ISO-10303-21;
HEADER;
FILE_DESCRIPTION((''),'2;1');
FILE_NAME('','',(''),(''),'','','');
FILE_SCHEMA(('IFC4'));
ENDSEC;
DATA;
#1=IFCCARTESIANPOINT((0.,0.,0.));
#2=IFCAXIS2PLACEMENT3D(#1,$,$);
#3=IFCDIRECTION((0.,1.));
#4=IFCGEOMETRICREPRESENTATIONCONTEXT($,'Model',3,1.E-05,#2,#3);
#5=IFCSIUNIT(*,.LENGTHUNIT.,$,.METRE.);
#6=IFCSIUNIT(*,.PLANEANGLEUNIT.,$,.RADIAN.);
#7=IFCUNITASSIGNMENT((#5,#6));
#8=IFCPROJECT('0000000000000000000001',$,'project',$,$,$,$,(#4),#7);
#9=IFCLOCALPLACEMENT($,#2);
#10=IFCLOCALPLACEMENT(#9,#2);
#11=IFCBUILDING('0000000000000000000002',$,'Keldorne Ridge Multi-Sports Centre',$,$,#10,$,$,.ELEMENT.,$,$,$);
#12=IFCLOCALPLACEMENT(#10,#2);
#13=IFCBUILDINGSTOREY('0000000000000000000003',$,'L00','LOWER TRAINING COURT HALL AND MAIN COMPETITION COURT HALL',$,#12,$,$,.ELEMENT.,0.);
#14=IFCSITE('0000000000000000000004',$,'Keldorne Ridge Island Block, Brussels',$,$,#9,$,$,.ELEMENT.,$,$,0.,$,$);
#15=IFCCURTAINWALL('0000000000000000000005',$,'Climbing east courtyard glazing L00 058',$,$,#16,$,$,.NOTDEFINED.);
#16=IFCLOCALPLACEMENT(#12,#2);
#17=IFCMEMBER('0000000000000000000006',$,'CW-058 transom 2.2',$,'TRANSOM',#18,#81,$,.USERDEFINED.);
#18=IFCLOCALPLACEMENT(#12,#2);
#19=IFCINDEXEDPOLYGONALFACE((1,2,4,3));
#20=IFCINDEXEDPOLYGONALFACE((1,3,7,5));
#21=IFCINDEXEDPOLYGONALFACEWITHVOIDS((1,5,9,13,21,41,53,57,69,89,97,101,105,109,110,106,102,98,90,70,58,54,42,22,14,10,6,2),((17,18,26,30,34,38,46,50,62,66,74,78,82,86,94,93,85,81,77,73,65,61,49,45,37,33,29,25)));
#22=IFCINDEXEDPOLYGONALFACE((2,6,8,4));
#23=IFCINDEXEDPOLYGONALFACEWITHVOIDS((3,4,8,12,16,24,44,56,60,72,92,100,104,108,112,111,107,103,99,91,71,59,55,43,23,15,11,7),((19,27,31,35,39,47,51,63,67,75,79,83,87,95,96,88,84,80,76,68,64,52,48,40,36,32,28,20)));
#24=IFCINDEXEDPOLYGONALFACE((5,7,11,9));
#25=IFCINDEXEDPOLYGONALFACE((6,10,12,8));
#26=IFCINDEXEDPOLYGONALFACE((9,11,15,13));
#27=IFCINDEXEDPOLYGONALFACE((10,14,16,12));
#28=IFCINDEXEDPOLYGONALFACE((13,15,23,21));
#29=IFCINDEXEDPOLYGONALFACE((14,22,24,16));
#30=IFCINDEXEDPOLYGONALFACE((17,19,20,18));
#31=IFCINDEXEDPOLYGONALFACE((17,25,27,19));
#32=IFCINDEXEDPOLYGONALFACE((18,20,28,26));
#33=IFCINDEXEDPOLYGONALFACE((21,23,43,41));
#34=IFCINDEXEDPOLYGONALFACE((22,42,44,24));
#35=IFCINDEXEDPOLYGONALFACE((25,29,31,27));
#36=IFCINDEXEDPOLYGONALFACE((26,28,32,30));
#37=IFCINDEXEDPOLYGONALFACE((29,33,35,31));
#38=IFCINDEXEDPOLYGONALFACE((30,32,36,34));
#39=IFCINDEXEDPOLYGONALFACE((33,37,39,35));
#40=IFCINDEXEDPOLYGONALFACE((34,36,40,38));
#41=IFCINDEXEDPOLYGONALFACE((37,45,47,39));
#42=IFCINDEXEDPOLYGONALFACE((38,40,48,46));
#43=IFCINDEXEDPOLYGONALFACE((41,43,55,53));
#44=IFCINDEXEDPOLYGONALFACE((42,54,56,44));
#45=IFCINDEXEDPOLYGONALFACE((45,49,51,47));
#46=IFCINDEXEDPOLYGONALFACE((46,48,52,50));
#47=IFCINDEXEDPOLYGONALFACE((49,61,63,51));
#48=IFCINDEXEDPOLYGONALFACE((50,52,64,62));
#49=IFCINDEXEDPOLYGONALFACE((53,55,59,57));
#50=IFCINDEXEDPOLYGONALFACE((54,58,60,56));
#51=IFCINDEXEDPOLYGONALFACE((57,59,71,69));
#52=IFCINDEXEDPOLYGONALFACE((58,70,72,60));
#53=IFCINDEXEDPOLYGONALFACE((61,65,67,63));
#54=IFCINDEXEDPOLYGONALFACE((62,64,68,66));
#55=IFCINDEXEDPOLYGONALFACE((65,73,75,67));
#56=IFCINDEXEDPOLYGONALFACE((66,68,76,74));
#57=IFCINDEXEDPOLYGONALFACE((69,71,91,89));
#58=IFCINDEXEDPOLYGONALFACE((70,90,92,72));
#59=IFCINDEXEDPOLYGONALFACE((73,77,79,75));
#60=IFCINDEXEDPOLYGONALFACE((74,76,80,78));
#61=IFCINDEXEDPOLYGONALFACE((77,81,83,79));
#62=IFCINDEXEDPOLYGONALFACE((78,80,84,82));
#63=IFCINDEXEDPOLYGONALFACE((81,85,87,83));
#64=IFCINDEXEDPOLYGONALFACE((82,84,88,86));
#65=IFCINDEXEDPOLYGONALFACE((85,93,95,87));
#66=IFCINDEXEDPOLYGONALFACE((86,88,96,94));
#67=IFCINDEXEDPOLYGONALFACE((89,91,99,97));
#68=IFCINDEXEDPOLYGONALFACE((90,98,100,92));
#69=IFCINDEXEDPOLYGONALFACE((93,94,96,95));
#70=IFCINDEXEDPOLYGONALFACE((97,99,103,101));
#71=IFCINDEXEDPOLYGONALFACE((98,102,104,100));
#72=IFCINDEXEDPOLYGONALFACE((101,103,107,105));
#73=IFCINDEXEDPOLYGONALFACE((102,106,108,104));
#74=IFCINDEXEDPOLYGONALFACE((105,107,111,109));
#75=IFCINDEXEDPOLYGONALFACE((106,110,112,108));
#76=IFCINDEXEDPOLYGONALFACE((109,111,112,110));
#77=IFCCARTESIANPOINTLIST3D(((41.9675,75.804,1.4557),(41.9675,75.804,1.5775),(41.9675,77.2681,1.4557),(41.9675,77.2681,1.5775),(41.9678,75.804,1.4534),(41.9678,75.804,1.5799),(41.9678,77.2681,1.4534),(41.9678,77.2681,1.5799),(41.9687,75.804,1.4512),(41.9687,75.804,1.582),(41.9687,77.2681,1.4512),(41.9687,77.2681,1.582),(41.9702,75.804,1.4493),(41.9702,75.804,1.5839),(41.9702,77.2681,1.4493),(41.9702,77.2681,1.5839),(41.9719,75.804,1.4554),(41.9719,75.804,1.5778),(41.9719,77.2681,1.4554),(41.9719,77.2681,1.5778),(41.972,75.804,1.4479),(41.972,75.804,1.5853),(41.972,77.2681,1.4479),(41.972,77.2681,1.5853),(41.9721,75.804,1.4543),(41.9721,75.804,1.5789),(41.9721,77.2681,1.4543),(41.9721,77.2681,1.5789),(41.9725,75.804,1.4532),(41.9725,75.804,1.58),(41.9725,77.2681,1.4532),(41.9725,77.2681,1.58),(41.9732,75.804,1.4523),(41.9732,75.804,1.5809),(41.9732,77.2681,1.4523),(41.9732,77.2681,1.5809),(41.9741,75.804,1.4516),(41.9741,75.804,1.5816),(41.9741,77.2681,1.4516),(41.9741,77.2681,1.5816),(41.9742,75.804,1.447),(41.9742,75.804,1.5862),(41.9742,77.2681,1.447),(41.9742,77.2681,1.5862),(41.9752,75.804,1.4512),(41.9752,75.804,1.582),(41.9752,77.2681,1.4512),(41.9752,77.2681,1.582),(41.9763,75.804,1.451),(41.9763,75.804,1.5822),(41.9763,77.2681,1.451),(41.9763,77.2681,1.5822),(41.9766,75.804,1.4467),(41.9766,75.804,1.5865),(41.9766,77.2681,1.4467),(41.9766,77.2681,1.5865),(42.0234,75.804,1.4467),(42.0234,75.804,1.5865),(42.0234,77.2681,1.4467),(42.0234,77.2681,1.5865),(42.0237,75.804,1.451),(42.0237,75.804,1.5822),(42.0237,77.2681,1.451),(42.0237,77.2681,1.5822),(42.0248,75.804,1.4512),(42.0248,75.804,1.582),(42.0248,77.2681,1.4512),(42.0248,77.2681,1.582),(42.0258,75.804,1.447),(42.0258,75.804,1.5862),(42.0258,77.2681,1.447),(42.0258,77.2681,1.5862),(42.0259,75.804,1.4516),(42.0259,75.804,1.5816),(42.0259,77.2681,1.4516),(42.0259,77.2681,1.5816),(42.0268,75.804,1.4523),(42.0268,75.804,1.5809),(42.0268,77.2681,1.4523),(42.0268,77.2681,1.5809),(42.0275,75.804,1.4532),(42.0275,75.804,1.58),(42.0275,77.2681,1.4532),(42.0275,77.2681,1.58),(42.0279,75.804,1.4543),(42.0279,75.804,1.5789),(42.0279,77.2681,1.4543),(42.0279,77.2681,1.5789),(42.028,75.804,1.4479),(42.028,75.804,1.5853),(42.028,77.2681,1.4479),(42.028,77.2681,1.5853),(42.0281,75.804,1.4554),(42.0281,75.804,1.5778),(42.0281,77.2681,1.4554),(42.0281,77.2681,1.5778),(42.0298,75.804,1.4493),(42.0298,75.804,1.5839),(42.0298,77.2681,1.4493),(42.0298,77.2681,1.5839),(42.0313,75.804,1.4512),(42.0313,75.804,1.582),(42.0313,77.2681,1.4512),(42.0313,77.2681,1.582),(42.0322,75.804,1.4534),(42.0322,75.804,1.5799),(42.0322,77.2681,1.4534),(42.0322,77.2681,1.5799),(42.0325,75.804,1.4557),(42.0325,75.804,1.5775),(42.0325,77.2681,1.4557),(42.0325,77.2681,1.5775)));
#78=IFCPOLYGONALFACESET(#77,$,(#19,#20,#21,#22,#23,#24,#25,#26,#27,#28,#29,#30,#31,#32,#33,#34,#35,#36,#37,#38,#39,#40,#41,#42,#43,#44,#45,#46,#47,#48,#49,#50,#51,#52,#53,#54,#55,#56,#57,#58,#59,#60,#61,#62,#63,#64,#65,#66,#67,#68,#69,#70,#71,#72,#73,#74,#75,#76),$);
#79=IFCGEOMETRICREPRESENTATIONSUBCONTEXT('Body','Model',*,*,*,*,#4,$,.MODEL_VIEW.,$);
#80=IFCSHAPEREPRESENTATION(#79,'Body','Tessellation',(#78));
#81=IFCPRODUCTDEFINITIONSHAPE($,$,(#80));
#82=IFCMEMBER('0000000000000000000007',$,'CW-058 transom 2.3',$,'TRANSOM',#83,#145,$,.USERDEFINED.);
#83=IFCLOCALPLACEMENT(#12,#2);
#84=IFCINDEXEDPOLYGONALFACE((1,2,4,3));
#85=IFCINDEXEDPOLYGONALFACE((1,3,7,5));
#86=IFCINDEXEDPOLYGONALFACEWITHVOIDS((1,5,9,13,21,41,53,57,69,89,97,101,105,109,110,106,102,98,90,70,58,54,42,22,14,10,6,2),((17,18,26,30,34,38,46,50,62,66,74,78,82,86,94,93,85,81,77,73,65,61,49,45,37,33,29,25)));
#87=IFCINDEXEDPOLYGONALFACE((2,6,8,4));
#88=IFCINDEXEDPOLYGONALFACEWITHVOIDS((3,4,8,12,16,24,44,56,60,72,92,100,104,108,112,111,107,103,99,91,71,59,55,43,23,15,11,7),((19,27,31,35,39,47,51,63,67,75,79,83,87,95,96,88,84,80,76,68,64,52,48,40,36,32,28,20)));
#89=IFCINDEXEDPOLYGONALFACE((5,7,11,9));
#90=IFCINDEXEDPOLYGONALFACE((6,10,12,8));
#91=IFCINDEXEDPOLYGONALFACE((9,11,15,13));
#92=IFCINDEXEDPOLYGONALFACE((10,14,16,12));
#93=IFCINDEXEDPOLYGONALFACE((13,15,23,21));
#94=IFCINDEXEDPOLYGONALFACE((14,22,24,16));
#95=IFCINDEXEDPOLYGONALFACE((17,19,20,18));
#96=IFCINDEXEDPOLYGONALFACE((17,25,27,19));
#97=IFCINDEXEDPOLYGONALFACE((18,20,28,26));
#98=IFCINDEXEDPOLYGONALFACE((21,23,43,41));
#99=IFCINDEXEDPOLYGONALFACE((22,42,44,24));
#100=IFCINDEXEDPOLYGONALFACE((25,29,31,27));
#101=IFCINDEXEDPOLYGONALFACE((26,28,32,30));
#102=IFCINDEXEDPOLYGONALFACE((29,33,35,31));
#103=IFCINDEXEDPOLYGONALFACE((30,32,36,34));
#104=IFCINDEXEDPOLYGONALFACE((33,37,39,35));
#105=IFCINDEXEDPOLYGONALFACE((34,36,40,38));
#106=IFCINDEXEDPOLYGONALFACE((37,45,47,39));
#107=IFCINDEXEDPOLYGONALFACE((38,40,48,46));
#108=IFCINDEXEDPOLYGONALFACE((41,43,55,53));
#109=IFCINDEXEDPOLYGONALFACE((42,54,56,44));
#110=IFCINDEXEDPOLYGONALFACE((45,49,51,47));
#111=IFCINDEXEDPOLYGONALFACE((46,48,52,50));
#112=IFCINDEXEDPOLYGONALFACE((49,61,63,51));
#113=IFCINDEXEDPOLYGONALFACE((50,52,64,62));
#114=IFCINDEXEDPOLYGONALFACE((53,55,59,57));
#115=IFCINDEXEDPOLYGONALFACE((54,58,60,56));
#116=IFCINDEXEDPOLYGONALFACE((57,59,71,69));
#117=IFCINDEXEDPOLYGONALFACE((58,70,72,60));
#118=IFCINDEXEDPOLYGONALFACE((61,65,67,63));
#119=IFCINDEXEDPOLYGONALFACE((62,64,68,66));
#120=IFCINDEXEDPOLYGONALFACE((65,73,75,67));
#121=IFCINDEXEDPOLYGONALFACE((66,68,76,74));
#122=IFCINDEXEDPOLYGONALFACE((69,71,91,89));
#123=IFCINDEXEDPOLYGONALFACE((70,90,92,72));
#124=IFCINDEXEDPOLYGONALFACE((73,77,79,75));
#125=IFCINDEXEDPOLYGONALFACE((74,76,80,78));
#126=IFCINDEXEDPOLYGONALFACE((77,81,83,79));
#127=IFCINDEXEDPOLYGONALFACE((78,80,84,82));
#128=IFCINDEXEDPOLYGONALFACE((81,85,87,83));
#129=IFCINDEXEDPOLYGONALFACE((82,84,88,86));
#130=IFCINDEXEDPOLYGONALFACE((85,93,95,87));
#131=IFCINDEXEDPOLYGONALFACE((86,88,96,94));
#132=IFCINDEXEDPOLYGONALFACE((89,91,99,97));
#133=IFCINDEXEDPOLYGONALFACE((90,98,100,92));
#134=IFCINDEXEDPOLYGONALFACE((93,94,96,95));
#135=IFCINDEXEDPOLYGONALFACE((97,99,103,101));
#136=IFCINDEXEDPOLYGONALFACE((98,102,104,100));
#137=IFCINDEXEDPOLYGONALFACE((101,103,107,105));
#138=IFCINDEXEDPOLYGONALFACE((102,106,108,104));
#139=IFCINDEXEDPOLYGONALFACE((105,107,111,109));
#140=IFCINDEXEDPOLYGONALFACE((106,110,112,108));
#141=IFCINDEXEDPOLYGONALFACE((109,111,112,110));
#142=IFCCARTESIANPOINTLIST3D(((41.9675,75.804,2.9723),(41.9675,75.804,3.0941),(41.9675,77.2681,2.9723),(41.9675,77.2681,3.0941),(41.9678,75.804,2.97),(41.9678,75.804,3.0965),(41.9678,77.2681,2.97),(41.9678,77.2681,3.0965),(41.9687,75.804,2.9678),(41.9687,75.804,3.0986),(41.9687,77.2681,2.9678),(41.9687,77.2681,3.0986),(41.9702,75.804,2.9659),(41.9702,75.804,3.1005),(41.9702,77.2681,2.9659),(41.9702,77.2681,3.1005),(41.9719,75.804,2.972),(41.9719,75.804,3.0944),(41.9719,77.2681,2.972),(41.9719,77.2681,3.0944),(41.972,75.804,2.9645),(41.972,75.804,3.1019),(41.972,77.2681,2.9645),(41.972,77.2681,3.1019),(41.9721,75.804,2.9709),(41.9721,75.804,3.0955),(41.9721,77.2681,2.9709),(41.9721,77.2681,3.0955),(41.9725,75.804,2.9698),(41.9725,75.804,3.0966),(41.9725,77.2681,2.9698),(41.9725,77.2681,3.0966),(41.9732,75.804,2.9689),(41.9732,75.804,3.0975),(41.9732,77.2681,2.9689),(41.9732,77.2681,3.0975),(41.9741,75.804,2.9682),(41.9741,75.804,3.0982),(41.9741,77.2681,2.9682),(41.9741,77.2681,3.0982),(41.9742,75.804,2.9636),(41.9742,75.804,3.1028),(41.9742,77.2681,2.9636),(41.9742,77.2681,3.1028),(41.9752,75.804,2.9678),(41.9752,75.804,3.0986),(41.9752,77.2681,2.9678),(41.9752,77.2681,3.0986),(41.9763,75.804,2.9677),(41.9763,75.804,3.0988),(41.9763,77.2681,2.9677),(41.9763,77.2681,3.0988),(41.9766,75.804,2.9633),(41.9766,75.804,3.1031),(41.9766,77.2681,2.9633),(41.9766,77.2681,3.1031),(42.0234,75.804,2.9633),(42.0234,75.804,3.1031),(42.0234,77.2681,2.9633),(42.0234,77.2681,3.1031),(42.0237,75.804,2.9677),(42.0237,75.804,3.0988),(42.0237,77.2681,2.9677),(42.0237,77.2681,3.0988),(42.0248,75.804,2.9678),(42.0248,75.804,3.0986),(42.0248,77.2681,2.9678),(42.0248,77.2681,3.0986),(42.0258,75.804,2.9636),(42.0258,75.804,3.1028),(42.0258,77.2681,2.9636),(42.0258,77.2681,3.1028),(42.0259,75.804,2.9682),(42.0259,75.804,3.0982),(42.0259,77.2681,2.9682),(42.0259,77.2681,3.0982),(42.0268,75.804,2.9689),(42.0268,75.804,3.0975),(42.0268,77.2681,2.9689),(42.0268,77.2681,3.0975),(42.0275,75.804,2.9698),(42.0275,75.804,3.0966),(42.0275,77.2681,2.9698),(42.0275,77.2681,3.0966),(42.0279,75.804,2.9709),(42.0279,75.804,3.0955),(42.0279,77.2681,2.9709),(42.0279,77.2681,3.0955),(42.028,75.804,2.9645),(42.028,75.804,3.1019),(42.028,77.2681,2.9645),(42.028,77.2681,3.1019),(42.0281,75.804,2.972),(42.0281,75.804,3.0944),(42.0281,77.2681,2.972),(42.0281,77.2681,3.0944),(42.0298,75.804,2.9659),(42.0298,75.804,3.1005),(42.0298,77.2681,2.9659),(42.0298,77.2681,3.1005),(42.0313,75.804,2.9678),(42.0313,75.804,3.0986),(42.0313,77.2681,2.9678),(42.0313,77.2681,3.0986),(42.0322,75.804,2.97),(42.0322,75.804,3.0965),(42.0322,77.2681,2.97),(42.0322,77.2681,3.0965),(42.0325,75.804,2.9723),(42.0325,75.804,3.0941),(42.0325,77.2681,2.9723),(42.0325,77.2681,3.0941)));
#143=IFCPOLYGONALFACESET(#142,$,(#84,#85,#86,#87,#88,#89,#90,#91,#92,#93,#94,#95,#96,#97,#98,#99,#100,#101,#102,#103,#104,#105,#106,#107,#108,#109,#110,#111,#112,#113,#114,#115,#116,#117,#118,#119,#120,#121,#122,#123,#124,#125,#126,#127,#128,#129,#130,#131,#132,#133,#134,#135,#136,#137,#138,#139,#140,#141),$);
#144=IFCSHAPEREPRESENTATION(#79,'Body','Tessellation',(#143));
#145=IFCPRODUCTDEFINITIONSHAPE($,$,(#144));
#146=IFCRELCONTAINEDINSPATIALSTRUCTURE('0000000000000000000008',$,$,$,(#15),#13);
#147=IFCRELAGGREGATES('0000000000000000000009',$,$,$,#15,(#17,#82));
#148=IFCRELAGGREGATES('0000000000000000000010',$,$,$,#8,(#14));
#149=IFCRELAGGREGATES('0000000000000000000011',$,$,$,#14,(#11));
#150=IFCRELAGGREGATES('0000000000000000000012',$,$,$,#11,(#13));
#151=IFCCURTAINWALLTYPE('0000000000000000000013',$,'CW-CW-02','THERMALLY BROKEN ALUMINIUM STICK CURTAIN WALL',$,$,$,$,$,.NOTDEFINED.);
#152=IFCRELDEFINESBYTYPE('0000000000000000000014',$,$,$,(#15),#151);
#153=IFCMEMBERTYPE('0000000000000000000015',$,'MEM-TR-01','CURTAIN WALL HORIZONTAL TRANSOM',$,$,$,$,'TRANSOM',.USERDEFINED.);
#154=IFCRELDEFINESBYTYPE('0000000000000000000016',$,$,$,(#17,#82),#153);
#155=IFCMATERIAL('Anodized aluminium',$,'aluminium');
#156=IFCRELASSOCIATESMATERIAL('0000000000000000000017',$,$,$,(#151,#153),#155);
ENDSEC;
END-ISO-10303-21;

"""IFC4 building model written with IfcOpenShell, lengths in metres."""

from ifc_helpers import new_model, si_unit, direction, frame, origin, origin_2d, place, context, subcontext, project, spatial, hollow_rectangle, extrude, material, material_profile, profile_set, type_object, element, aggregate, save


model = new_model("IFC4")

# Units and contexts
model_context = context("Model", 3, precision=1e-05, world=origin(), true_north=direction((0.0, 1.0)))
body_context = subcontext(model_context, "Body", "Model", "MODEL_VIEW")
ifc_project = project(units=[si_unit("LENGTHUNIT", "METRE"), si_unit("PLANEANGLEUNIT", "RADIAN")], contexts=[model_context])

# Site, building, storey
site_placement = place(None, origin())
site = spatial("IfcSite", under=ifc_project, at=site_placement, Name="Keldorne Ridge Island Block, Brussels", CompositionType="ELEMENT", RefElevation=0.0)
building_placement = place(site_placement, origin())
building = spatial("IfcBuilding", under=site, at=building_placement, Name="Keldorne Ridge Multi-Sports Centre", CompositionType="ELEMENT")
storey_placement = place(building_placement, origin())
storey = spatial("IfcBuildingStorey", under=building, at=storey_placement, Name="L00", Description="LOWER TRAINING COURT HALL AND MAIN COMPETITION COURT HALL", CompositionType="ELEMENT", Elevation=0.0)

# Curtain wall, members
ifc_material_1 = material(Name="Anodized aluminium", Category="aluminium")
curtain_wall_type = type_object("IfcCurtainWallType", Name="CW-CW-02", Description="THERMALLY BROKEN ALUMINIUM STICK CURTAIN WALL", PredefinedType="NOTDEFINED", material=ifc_material_1)
curtain_wall_placement = place(storey_placement, origin())
curtain_wall = element("IfcCurtainWall", 1, at=curtain_wall_placement, inside=storey, type_object=curtain_wall_type, Name="Climbing east courtyard glazing L00 058", PredefinedType="NOTDEFINED")
ifc_material_profile_1 = material_profile(ifc_material_1, hollow_rectangle(XDim=0.0649, YDim=0.1399, WallThickness=0.0044, InnerFilletRadius=0.0044, OuterFilletRadius=0.009, at=origin_2d()), Name="ALU TRANSOM 140x65x4.5")
ifc_profile_set_1 = profile_set([ifc_material_profile_1], Name="Anodized aluminium")
member_type_1 = type_object("IfcMemberType", Name="MEM-TR-01", Description="CURTAIN WALL HORIZONTAL TRANSOM", ElementType="TRANSOM", PredefinedType="USERDEFINED", material=ifc_profile_set_1)
member_1_placement = place(storey_placement, frame((42.0, 75.804, 1.5166), z_axis=(0.0, 1.0, 0.0), x_axis=(-1.0, 0.0, 0.0)))
member_1 = element("IfcMember", 2, at=member_1_placement, type_object=member_type_1, Name="CW-058 transom 2.2", ObjectType="TRANSOM", PredefinedType="USERDEFINED", context=body_context, shape_type="SweptSolid", body=[
    extrude(hollow_rectangle(XDim=0.0649, YDim=0.1399, WallThickness=0.0044, InnerFilletRadius=0.0044, OuterFilletRadius=0.009, at=origin_2d()), origin(), (0.0, 0.0, 1.0), 1.4641),
])
member_2_placement = place(storey_placement, frame((42.0, 75.804, 3.0332), z_axis=(0.0, 1.0, 0.0), x_axis=(-1.0, 0.0, 0.0)))
member_2 = element("IfcMember", 3, at=member_2_placement, type_object=member_type_1, Name="CW-058 transom 2.3", ObjectType="TRANSOM", PredefinedType="USERDEFINED", context=body_context, shape_type="SweptSolid", body=[
    extrude(hollow_rectangle(XDim=0.0649, YDim=0.1399, WallThickness=0.0044, InnerFilletRadius=0.0044, OuterFilletRadius=0.009, at=origin_2d()), origin(), (0.0, 0.0, 1.0), 1.4641),
])
aggregate(curtain_wall, [member_1, member_2])

save(model, "model.ifc")
